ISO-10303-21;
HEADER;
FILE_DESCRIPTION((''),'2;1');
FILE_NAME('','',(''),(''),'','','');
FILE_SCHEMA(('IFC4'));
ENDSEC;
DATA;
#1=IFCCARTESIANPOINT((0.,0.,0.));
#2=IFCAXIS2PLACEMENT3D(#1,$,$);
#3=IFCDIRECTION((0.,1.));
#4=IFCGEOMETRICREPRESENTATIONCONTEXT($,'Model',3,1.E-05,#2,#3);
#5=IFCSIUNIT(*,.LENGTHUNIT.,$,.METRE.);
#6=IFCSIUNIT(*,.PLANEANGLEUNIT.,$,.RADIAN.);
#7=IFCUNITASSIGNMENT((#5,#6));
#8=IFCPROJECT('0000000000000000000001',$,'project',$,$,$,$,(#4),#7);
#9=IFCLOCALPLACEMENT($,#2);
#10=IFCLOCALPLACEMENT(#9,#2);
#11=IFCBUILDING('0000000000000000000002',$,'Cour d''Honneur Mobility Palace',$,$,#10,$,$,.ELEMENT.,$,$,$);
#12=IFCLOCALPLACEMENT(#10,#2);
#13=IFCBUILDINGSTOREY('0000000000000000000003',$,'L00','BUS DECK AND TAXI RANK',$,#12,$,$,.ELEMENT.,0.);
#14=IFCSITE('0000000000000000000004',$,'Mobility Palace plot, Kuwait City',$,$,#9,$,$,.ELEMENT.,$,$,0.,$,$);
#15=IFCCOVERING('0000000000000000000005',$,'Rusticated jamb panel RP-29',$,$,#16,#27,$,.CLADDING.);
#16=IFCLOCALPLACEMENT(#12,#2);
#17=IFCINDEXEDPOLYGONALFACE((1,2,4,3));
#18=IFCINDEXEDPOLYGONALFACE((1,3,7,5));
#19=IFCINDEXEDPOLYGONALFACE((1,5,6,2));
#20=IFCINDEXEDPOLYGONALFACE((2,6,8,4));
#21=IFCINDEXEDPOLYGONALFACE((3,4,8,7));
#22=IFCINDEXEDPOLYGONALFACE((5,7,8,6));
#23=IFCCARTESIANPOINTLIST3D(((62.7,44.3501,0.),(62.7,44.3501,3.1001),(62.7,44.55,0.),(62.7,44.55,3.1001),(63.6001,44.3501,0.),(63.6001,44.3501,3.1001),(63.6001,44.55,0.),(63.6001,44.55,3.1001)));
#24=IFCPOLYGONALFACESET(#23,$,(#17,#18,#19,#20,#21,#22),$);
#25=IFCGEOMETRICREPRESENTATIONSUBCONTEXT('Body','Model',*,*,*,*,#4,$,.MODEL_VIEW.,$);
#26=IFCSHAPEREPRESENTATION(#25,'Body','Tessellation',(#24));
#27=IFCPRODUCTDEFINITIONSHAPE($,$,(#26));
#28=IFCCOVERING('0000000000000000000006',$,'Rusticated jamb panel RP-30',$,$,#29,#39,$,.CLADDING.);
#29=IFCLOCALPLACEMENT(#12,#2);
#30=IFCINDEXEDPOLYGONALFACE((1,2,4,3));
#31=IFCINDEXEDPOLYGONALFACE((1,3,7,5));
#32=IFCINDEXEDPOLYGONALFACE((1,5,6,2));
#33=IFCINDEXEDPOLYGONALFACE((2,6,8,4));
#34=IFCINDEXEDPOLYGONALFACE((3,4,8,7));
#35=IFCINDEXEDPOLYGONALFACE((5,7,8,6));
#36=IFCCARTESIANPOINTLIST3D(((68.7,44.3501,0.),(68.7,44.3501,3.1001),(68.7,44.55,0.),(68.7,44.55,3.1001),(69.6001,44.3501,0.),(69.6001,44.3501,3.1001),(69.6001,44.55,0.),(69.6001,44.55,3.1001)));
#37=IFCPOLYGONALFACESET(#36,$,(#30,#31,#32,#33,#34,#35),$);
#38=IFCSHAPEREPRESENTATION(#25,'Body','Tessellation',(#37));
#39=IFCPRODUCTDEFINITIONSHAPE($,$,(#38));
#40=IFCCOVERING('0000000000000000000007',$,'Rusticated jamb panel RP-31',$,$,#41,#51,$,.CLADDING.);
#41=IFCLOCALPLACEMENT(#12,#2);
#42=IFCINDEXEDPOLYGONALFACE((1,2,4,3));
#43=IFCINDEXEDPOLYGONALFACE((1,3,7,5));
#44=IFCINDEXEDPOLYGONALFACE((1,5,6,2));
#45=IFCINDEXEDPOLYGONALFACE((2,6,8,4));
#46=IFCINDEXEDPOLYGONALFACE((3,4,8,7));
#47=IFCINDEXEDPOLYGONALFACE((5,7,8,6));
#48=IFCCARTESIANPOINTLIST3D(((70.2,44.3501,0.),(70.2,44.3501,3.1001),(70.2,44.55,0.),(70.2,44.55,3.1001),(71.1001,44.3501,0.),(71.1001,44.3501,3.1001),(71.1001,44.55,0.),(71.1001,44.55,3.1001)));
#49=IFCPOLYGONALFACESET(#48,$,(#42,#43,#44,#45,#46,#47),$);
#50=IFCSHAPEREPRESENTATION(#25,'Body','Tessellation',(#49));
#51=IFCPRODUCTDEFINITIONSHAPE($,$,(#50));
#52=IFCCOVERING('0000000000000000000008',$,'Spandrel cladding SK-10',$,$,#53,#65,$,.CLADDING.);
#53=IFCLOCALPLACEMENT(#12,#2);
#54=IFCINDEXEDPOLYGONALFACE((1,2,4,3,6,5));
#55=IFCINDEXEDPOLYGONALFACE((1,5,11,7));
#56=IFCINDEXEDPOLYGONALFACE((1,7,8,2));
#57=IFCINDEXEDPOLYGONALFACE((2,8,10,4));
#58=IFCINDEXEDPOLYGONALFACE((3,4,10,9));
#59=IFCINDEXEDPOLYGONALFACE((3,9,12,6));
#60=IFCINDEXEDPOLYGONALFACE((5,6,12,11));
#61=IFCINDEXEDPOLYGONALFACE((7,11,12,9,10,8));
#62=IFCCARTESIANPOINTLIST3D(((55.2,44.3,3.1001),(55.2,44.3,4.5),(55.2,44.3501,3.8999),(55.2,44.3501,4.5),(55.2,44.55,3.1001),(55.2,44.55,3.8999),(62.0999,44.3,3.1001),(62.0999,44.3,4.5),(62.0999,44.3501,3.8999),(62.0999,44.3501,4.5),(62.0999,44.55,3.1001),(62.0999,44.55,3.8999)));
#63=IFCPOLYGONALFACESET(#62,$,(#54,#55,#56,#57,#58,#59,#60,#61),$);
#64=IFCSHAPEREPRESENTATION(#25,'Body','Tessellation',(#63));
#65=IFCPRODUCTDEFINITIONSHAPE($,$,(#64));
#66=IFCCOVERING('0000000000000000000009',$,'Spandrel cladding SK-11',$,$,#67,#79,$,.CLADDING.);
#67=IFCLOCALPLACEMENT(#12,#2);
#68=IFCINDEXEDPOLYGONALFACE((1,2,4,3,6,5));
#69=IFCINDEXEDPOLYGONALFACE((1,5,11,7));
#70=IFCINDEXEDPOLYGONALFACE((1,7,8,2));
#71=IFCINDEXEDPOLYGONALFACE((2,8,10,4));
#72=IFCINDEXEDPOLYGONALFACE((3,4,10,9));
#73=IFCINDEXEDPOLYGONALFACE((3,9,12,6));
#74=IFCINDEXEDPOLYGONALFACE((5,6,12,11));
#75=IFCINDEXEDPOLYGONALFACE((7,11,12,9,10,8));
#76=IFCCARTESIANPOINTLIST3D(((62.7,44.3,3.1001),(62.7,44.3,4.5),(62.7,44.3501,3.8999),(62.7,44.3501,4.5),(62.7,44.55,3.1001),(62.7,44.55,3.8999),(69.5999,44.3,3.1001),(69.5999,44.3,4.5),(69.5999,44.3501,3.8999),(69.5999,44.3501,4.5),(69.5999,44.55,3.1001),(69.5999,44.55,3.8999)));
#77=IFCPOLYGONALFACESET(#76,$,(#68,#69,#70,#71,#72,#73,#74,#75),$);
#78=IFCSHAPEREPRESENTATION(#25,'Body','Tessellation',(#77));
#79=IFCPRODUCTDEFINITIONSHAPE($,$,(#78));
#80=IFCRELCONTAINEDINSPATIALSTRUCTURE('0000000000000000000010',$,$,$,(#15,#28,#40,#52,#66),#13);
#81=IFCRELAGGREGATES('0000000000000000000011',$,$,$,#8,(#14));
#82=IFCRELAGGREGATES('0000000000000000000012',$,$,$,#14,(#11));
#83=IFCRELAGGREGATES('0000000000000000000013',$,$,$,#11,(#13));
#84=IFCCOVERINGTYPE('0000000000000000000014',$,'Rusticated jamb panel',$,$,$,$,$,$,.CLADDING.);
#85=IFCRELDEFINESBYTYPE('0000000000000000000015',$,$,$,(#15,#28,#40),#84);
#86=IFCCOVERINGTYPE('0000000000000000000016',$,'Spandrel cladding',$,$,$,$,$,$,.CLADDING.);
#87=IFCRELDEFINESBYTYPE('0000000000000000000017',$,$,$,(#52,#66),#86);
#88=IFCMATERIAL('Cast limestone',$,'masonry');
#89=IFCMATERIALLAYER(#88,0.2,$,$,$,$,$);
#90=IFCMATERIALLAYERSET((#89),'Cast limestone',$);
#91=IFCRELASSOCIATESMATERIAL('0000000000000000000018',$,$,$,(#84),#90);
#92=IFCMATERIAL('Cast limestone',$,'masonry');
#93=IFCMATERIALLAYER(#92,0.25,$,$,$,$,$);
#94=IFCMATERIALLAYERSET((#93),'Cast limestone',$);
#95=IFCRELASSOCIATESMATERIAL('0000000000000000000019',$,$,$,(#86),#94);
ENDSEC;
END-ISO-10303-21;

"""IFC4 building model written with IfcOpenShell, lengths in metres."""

from ifc_helpers import new_model, si_unit, direction, frame, origin, place, context, subcontext, project, spatial, polyline, outline, extrude, material, layer, layer_set, type_object, element, save


model = new_model("IFC4")

# Units and contexts
model_context = context("Model", 3, precision=1e-05, world=origin(), true_north=direction((0.0, 1.0)))
body_context = subcontext(model_context, "Body", "Model", "MODEL_VIEW")
ifc_project = project(units=[si_unit("LENGTHUNIT", "METRE"), si_unit("PLANEANGLEUNIT", "RADIAN")], contexts=[model_context])

# Site, building, storey
site_placement = place(None, origin())
site = spatial("IfcSite", under=ifc_project, at=site_placement, Name="Mobility Palace plot, Kuwait City", CompositionType="ELEMENT", RefElevation=0.0)
building_placement = place(site_placement, origin())
building = spatial("IfcBuilding", under=site, at=building_placement, Name="Cour d'Honneur Mobility Palace", CompositionType="ELEMENT")
storey_placement = place(building_placement, origin())
storey = spatial("IfcBuildingStorey", under=building, at=storey_placement, Name="L00", Description="BUS DECK AND TAXI RANK", CompositionType="ELEMENT", Elevation=0.0)

# Coverings
ifc_material_1 = material(Name="Cast limestone", Category="masonry")
ifc_layer_1 = layer(ifc_material_1, 0.2)
ifc_layer_set_1 = layer_set([ifc_layer_1], Name="Cast limestone")
covering_type_1 = type_object("IfcCoveringType", Name="Rusticated jamb panel", PredefinedType="CLADDING", material=ifc_layer_set_1)
for number, where, z_axis, x_axis, name in (
    (1, (62.7, 44.3501, 0.0), (0.0, -1.0, 0.0), (1.0, 0.0, 0.0), "Rusticated jamb panel RP-29"),
    (2, (68.7, 44.3501, 0.0), (0.0, -1.0, 0.0), (1.0, 0.0, 0.0), "Rusticated jamb panel RP-30"),
    (3, (70.2, 44.3501, 0.0), (0.0, -1.0, 0.0), (1.0, 0.0, 0.0), "Rusticated jamb panel RP-31"),
):
    element("IfcCovering", number, at=place(storey_placement, frame(where, z_axis=z_axis, x_axis=x_axis)), inside=storey, type_object=covering_type_1, Name=name, PredefinedType="CLADDING", context=body_context, shape_type="SweptSolid", body=[
        extrude(outline(polyline([(0.0, 0.0), (0.9001, 0.0), (0.9001, 3.1001), (0.0, 3.1001), (0.0, 0.0)])), origin(), (0.0, 0.0, -1.0), 0.2),
    ])
ifc_material_2 = material(Name="Cast limestone", Category="masonry")
ifc_layer_2 = layer(ifc_material_2, 0.25)
ifc_layer_set_2 = layer_set([ifc_layer_2], Name="Cast limestone")
covering_type_2 = type_object("IfcCoveringType", Name="Spandrel cladding", PredefinedType="CLADDING", material=ifc_layer_set_2)
for number, where, z_axis, x_axis, name in (
    (4, (55.2, 44.55, 3.1001), (-1.0, 0.0, 0.0), (0.0, -1.0, 0.0), "Spandrel cladding SK-10"),
    (5, (62.7, 44.55, 3.1001), (-1.0, 0.0, 0.0), (0.0, -1.0, 0.0), "Spandrel cladding SK-11"),
):
    element("IfcCovering", number, at=place(storey_placement, frame(where, z_axis=z_axis, x_axis=x_axis)), inside=storey, type_object=covering_type_2, Name=name, PredefinedType="CLADDING", context=body_context, shape_type="SweptSolid", body=[
        extrude(outline(polyline([(0.0, 0.0), (0.25, 0.0), (0.25, 1.3999), (0.2, 1.3999), (0.2, 0.7998), (0.0, 0.7998), (0.0, 0.0)])), origin(), (0.0, 0.0, -1.0), 6.8999),
    ])

save(model, "model.ifc")
